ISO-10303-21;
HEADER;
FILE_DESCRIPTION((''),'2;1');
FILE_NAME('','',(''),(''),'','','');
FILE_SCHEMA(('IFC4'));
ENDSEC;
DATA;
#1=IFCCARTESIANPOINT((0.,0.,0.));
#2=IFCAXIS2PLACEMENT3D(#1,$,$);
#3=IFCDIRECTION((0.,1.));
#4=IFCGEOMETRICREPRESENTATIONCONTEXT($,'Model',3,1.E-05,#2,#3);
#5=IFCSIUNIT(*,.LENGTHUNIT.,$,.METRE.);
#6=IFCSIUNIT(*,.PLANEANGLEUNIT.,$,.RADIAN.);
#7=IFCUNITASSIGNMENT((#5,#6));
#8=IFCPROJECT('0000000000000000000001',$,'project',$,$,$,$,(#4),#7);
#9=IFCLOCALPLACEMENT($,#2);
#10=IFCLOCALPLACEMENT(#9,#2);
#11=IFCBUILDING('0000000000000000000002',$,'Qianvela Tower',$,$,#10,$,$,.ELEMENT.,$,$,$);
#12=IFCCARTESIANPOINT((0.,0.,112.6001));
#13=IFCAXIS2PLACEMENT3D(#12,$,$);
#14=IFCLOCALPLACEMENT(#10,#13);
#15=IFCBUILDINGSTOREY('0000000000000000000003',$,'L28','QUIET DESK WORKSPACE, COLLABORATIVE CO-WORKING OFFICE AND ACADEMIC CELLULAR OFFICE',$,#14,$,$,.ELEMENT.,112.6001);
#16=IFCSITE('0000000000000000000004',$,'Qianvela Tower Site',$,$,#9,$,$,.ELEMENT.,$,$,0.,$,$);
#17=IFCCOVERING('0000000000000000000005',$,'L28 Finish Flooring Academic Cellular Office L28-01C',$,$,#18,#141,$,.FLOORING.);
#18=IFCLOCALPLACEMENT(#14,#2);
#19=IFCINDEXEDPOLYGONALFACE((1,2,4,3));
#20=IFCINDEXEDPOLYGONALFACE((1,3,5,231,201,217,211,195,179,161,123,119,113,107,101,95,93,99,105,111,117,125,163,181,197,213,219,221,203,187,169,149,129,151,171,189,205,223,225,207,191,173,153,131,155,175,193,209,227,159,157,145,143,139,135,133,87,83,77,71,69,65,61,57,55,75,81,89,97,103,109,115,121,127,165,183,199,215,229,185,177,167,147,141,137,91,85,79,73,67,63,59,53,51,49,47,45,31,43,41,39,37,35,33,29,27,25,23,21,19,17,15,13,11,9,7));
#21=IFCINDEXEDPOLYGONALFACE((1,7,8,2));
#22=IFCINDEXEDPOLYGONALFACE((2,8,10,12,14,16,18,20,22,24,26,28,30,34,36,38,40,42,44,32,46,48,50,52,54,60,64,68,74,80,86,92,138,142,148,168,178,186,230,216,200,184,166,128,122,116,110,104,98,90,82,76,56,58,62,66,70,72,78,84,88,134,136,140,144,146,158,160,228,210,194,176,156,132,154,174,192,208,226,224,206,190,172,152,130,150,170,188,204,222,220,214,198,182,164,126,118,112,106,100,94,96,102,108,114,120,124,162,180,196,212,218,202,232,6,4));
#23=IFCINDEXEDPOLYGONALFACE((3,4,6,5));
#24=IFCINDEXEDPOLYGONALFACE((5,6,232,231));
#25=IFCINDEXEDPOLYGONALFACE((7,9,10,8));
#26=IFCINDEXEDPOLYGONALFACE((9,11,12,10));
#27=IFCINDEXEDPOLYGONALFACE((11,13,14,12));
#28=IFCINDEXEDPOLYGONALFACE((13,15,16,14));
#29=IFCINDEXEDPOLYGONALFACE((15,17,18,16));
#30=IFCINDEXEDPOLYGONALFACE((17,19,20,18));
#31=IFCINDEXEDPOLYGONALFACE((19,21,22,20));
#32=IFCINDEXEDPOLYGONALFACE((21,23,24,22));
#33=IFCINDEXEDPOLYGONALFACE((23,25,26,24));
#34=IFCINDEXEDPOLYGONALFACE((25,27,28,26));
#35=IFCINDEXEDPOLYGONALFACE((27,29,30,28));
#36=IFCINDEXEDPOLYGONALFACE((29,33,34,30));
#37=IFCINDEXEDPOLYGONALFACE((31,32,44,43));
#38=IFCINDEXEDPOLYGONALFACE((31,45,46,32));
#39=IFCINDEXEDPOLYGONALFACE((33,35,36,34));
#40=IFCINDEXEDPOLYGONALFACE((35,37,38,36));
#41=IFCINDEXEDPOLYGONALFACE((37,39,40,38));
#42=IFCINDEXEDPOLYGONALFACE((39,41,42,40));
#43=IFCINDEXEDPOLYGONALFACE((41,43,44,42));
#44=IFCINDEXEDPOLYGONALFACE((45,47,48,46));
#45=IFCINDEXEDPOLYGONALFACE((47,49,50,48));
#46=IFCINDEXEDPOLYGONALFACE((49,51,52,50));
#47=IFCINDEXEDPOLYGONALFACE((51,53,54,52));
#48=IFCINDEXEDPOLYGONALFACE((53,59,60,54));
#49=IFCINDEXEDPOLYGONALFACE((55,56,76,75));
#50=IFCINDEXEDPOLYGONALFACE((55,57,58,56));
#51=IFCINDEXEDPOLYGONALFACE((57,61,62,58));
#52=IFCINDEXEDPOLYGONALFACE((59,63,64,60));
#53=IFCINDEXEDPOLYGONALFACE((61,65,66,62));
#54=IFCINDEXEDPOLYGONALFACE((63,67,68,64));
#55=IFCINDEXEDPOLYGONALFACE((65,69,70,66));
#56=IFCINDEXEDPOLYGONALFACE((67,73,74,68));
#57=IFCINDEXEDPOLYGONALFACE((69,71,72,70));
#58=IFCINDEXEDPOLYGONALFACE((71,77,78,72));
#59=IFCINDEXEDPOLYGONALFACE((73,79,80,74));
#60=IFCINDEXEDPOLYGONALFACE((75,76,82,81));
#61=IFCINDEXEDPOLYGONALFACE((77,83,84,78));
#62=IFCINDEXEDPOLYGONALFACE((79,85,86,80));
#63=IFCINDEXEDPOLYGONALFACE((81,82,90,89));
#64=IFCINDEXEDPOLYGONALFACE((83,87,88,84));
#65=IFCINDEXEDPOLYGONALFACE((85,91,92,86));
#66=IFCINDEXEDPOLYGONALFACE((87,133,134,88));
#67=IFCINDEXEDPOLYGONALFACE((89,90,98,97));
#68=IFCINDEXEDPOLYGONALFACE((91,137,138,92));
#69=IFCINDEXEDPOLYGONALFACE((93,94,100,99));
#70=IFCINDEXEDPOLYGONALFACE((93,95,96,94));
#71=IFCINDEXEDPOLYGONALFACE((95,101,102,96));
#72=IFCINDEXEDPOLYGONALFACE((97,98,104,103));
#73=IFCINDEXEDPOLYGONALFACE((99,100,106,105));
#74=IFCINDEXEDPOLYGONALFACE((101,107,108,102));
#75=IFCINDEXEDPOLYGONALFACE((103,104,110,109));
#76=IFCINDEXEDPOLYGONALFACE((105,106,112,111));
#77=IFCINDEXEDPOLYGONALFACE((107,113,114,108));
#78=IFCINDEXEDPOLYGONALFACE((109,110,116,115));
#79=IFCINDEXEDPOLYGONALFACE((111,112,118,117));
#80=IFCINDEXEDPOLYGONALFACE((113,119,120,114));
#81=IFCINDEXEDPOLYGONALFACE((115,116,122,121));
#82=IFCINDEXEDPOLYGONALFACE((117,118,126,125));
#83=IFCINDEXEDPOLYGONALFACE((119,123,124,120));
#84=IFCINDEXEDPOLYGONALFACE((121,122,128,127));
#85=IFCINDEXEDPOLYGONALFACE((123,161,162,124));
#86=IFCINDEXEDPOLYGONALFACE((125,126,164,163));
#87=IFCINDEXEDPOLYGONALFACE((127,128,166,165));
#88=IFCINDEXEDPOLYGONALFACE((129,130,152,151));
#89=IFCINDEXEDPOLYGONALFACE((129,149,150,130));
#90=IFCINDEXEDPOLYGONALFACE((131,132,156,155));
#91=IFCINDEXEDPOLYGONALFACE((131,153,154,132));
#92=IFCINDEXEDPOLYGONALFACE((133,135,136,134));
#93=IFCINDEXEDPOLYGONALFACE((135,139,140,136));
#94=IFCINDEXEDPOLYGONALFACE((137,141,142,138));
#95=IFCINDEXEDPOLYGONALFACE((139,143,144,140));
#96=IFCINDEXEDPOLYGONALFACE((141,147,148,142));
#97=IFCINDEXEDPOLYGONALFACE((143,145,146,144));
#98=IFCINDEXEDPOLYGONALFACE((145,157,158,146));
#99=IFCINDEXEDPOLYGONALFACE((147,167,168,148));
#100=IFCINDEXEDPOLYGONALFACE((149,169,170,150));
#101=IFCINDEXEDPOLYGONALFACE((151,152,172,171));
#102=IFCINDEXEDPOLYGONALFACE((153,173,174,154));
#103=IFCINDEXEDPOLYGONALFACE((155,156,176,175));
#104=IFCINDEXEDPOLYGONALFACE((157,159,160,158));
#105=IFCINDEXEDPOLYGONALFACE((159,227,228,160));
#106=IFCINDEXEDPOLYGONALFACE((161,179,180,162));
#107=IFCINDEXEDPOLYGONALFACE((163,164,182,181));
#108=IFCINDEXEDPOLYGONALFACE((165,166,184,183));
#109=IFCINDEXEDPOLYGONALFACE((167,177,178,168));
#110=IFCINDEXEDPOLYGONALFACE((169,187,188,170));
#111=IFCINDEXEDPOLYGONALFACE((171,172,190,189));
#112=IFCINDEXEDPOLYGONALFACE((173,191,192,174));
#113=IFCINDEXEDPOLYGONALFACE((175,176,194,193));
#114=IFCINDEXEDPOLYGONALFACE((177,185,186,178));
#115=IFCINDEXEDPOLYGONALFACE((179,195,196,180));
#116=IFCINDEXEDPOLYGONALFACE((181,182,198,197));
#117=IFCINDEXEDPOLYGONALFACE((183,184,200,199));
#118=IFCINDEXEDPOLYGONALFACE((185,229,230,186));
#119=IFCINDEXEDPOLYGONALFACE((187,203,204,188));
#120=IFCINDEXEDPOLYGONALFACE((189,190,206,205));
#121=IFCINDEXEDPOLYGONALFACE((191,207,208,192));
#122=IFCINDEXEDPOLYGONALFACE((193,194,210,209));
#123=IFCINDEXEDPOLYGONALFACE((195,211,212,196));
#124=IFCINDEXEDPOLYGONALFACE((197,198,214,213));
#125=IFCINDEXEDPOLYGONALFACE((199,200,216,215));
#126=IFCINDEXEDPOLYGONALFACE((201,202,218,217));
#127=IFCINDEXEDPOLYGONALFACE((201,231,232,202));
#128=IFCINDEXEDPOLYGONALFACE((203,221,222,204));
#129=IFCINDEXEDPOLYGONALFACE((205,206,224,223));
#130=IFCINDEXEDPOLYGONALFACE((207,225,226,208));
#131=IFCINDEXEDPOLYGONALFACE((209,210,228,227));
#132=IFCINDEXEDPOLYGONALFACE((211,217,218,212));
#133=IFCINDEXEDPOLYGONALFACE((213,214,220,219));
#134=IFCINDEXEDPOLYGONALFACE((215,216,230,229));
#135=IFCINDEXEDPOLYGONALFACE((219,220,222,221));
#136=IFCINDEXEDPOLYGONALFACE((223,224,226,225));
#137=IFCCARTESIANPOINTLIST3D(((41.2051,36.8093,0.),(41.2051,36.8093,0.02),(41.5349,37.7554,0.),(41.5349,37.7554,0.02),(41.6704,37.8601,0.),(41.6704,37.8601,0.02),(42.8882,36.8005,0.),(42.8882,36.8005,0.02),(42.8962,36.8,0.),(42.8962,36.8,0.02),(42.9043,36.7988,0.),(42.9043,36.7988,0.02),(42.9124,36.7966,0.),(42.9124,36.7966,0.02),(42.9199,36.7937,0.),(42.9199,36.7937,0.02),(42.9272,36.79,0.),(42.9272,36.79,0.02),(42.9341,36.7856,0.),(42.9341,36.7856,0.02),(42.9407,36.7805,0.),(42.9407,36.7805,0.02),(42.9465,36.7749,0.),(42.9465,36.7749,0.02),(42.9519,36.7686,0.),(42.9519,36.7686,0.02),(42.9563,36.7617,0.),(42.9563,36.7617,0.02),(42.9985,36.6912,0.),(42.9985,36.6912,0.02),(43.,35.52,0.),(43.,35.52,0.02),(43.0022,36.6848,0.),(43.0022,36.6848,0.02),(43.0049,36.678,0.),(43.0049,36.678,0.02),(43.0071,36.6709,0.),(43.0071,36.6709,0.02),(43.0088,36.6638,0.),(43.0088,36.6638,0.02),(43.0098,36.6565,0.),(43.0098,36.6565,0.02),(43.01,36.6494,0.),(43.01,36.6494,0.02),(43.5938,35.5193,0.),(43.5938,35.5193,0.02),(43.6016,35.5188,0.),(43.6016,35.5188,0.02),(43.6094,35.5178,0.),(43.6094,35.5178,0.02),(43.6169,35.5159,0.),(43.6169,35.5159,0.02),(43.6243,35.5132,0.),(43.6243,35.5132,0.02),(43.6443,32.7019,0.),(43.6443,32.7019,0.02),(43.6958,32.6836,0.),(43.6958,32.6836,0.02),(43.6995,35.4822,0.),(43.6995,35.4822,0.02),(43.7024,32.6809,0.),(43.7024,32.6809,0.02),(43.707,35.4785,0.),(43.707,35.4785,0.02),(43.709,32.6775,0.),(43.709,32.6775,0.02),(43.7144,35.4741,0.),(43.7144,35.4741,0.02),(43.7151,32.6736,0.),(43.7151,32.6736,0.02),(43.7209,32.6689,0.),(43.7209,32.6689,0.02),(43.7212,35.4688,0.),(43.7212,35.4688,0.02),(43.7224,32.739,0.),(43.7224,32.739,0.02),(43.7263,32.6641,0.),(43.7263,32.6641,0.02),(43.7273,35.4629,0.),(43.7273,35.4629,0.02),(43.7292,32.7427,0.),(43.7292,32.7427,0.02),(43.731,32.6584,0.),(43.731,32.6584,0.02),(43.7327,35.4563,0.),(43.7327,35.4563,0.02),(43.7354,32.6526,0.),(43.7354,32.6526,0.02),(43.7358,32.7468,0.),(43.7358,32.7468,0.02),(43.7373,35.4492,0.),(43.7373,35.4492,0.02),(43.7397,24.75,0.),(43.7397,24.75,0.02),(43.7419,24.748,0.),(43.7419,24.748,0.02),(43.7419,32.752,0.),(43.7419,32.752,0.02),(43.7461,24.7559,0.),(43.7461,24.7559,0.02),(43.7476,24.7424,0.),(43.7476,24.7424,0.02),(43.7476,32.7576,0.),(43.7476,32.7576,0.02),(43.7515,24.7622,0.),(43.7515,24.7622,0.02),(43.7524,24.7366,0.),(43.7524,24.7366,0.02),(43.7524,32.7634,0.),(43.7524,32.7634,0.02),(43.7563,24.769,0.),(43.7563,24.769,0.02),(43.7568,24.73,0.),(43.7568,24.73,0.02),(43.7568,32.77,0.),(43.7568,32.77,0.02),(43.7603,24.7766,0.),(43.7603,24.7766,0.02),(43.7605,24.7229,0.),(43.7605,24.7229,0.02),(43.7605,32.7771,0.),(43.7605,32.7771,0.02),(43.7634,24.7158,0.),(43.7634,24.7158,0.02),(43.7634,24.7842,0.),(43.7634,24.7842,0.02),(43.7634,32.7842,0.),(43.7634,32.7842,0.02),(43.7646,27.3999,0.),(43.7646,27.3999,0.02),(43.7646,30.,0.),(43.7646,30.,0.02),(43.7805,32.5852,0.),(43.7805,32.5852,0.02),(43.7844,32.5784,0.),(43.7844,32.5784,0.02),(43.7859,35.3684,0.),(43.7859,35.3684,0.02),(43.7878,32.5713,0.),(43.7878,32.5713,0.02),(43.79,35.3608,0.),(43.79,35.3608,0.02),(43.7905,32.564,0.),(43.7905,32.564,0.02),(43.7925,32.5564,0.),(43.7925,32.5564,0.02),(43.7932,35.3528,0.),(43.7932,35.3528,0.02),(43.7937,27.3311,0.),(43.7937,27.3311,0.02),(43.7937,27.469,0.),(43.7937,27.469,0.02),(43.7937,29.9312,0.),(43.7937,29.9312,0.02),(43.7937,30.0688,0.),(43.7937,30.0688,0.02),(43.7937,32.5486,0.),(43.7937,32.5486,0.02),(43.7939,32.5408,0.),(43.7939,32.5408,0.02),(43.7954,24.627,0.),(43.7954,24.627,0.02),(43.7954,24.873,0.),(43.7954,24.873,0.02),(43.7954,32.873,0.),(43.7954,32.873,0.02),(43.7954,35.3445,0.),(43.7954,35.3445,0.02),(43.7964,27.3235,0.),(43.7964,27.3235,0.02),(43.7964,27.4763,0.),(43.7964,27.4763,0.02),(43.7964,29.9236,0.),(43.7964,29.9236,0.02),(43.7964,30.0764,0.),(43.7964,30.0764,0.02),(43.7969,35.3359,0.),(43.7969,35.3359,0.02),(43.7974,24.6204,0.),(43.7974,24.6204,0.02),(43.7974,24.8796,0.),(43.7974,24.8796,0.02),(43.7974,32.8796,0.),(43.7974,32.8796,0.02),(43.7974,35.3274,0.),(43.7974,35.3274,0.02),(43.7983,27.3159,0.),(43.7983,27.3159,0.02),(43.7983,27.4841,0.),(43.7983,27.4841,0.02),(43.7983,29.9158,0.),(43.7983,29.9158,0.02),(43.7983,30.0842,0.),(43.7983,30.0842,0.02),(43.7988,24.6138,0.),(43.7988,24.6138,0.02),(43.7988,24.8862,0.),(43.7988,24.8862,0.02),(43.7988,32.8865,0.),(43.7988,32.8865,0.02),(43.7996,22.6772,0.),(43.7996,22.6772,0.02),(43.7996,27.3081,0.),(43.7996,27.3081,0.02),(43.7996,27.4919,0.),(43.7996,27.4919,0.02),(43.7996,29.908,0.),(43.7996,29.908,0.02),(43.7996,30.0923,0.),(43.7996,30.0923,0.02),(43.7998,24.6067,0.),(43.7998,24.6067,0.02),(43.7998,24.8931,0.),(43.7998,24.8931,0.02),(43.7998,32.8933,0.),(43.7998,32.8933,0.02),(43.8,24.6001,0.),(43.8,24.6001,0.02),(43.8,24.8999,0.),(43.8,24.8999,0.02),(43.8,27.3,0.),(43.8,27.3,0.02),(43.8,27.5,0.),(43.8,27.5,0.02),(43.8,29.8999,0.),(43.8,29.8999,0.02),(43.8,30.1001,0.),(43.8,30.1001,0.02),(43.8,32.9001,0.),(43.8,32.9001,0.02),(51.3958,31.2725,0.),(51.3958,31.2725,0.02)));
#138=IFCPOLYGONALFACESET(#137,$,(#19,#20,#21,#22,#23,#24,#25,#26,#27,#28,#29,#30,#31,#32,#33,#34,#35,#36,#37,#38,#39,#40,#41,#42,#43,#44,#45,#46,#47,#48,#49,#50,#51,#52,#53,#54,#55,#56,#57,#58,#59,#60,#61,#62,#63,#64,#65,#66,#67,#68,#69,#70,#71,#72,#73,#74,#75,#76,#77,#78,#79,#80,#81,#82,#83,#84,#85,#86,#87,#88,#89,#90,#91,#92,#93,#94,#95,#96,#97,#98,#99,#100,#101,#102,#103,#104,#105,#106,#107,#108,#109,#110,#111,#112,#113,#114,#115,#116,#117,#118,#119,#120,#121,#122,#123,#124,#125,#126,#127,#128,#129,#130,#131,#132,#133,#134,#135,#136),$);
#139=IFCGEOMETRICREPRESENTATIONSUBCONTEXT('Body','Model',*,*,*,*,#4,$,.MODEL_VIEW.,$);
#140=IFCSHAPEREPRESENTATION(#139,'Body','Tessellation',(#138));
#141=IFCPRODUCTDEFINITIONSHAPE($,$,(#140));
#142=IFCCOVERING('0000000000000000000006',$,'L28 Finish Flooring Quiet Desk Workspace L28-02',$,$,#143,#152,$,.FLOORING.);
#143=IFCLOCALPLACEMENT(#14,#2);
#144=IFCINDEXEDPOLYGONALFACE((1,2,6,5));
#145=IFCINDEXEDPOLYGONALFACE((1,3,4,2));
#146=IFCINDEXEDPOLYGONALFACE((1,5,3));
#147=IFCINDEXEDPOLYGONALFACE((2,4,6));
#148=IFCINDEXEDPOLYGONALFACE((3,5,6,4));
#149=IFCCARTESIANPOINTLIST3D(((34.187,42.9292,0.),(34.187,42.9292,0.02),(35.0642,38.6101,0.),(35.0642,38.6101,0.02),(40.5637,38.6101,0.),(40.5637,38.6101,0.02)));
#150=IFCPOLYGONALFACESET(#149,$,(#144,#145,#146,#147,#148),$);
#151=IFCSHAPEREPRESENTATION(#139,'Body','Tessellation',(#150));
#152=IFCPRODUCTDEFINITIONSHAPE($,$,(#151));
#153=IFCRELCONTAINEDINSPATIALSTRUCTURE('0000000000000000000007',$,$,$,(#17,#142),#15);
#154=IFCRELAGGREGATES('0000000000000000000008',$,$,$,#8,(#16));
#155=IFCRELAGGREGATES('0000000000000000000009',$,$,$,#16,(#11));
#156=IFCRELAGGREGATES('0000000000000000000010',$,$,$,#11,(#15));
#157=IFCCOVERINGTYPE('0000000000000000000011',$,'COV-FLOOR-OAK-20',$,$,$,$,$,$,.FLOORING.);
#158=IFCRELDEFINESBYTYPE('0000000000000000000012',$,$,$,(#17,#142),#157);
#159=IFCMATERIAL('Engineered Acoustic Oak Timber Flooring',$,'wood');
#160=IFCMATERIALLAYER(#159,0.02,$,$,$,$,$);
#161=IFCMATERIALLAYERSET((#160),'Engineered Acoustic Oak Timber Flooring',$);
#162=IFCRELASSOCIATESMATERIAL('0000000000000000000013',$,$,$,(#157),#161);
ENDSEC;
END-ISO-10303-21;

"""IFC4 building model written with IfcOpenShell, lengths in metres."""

from ifc_helpers import new_model, si_unit, direction, frame, origin, place, context, subcontext, project, spatial, polyline, outline, extrude, material, layer, layer_set, type_object, element, save


model = new_model("IFC4")

# Units and contexts
model_context = context("Model", 3, precision=1e-05, world=origin(), true_north=direction((0.0, 1.0)))
body_context = subcontext(model_context, "Body", "Model", "MODEL_VIEW")
ifc_project = project(units=[si_unit("LENGTHUNIT", "METRE"), si_unit("PLANEANGLEUNIT", "RADIAN")], contexts=[model_context])

# Site, building, storey
site_placement = place(None, origin())
site = spatial("IfcSite", under=ifc_project, at=site_placement, Name="Qianvela Tower Site", CompositionType="ELEMENT", RefElevation=0.0)
building_placement = place(site_placement, origin())
building = spatial("IfcBuilding", under=site, at=building_placement, Name="Qianvela Tower", CompositionType="ELEMENT")
storey_placement = place(building_placement, frame((0.0, 0.0, 112.6001)))
storey = spatial("IfcBuildingStorey", under=building, at=storey_placement, Name="L28", Description="QUIET DESK WORKSPACE, COLLABORATIVE CO-WORKING OFFICE AND ACADEMIC CELLULAR OFFICE", CompositionType="ELEMENT", Elevation=112.6001)

# Coverings
ifc_material_1 = material(Name="Engineered Acoustic Oak Timber Flooring", Category="wood")
ifc_layer_1 = layer(ifc_material_1, 0.02)
ifc_layer_set_1 = layer_set([ifc_layer_1], Name="Engineered Acoustic Oak Timber Flooring")
covering_type_1 = type_object("IfcCoveringType", Name="COV-FLOOR-OAK-20", PredefinedType="FLOORING", material=ifc_layer_set_1)
covering_1_placement = place(storey_placement, origin())
element("IfcCovering", 1, at=covering_1_placement, inside=storey, type_object=covering_type_1, Name="L28 Finish Flooring Academic Cellular Office L28-01C", PredefinedType="FLOORING", context=body_context, shape_type="SweptSolid", body=[
    extrude(outline(polyline([(43.6443, 32.7019), (43.7224, 32.739), (43.7292, 32.7427), (43.7358, 32.7468), (43.7419, 32.752), (43.7476, 32.7576), (43.7524, 32.7634), (43.7568, 32.77), (43.7605, 32.7771), (43.7634, 32.7842), (43.7954, 32.873), (43.7974, 32.8796), (43.7988, 32.8865), (43.7998, 32.8933), (43.8, 32.9001), (43.7974, 35.3274), (43.7969, 35.3359), (43.7954, 35.3445), (43.7932, 35.3528), (43.79, 35.3608), (43.7859, 35.3684), (43.7373, 35.4492), (43.7327, 35.4563), (43.7273, 35.4629), (43.7212, 35.4688), (43.7144, 35.4741), (43.707, 35.4785), (43.6995, 35.4822), (43.6243, 35.5132), (43.6169, 35.5159), (43.6094, 35.5178), (43.6016, 35.5188), (43.5938, 35.5193), (43.0, 35.52), (43.01, 36.6494), (43.0098, 36.6565), (43.0088, 36.6638), (43.0071, 36.6709), (43.0049, 36.678), (43.0022, 36.6848), (42.9985, 36.6912), (42.9563, 36.7617), (42.9519, 36.7686), (42.9465, 36.7749), (42.9407, 36.7805), (42.9341, 36.7856), (42.9272, 36.79), (42.9199, 36.7937), (42.9124, 36.7966), (42.9043, 36.7988), (42.8962, 36.8), (42.8882, 36.8005), (41.2051, 36.8093), (41.5349, 37.7554), (41.6704, 37.8601), (51.3958, 31.2725), (43.7996, 22.6772), (43.8, 24.6001), (43.7998, 24.6067), (43.7988, 24.6138), (43.7974, 24.6204), (43.7954, 24.627), (43.7634, 24.7158), (43.7605, 24.7229), (43.7568, 24.73), (43.7524, 24.7366), (43.7476, 24.7424), (43.7419, 24.748), (43.7397, 24.75), (43.7397, 24.75), (43.7461, 24.7559), (43.7515, 24.7622), (43.7563, 24.769), (43.7603, 24.7766), (43.7634, 24.7842), (43.7954, 24.873), (43.7974, 24.8796), (43.7988, 24.8862), (43.7998, 24.8931), (43.8, 24.8999), (43.8, 27.3), (43.7996, 27.3081), (43.7983, 27.3159), (43.7964, 27.3235), (43.7937, 27.3311), (43.7646, 27.3999), (43.7937, 27.469), (43.7964, 27.4763), (43.7983, 27.4841), (43.7996, 27.4919), (43.8, 27.5), (43.8, 29.8999), (43.7996, 29.908), (43.7983, 29.9158), (43.7964, 29.9236), (43.7937, 29.9312), (43.7646, 30.0), (43.7937, 30.0688), (43.7964, 30.0764), (43.7983, 30.0842), (43.7996, 30.0923), (43.8, 30.1001), (43.7939, 32.5408), (43.7937, 32.5486), (43.7925, 32.5564), (43.7905, 32.564), (43.7878, 32.5713), (43.7844, 32.5784), (43.7805, 32.5852), (43.7354, 32.6526), (43.731, 32.6584), (43.7263, 32.6641), (43.7209, 32.6689), (43.7151, 32.6736), (43.709, 32.6775), (43.7024, 32.6809), (43.6958, 32.6836), (43.6443, 32.7019)])), origin(), (0.0, 0.0, 1.0), 0.02),
])
covering_2_placement = place(storey_placement, origin())
element("IfcCovering", 2, at=covering_2_placement, inside=storey, type_object=covering_type_1, Name="L28 Finish Flooring Quiet Desk Workspace L28-02", PredefinedType="FLOORING", context=body_context, shape_type="SweptSolid", body=[
    extrude(outline(polyline([(35.0642, 38.6101), (34.187, 42.9292), (40.5637, 38.6101), (35.0642, 38.6101)])), origin(), (0.0, 0.0, 1.0), 0.02),
])

save(model, "model.ifc")
